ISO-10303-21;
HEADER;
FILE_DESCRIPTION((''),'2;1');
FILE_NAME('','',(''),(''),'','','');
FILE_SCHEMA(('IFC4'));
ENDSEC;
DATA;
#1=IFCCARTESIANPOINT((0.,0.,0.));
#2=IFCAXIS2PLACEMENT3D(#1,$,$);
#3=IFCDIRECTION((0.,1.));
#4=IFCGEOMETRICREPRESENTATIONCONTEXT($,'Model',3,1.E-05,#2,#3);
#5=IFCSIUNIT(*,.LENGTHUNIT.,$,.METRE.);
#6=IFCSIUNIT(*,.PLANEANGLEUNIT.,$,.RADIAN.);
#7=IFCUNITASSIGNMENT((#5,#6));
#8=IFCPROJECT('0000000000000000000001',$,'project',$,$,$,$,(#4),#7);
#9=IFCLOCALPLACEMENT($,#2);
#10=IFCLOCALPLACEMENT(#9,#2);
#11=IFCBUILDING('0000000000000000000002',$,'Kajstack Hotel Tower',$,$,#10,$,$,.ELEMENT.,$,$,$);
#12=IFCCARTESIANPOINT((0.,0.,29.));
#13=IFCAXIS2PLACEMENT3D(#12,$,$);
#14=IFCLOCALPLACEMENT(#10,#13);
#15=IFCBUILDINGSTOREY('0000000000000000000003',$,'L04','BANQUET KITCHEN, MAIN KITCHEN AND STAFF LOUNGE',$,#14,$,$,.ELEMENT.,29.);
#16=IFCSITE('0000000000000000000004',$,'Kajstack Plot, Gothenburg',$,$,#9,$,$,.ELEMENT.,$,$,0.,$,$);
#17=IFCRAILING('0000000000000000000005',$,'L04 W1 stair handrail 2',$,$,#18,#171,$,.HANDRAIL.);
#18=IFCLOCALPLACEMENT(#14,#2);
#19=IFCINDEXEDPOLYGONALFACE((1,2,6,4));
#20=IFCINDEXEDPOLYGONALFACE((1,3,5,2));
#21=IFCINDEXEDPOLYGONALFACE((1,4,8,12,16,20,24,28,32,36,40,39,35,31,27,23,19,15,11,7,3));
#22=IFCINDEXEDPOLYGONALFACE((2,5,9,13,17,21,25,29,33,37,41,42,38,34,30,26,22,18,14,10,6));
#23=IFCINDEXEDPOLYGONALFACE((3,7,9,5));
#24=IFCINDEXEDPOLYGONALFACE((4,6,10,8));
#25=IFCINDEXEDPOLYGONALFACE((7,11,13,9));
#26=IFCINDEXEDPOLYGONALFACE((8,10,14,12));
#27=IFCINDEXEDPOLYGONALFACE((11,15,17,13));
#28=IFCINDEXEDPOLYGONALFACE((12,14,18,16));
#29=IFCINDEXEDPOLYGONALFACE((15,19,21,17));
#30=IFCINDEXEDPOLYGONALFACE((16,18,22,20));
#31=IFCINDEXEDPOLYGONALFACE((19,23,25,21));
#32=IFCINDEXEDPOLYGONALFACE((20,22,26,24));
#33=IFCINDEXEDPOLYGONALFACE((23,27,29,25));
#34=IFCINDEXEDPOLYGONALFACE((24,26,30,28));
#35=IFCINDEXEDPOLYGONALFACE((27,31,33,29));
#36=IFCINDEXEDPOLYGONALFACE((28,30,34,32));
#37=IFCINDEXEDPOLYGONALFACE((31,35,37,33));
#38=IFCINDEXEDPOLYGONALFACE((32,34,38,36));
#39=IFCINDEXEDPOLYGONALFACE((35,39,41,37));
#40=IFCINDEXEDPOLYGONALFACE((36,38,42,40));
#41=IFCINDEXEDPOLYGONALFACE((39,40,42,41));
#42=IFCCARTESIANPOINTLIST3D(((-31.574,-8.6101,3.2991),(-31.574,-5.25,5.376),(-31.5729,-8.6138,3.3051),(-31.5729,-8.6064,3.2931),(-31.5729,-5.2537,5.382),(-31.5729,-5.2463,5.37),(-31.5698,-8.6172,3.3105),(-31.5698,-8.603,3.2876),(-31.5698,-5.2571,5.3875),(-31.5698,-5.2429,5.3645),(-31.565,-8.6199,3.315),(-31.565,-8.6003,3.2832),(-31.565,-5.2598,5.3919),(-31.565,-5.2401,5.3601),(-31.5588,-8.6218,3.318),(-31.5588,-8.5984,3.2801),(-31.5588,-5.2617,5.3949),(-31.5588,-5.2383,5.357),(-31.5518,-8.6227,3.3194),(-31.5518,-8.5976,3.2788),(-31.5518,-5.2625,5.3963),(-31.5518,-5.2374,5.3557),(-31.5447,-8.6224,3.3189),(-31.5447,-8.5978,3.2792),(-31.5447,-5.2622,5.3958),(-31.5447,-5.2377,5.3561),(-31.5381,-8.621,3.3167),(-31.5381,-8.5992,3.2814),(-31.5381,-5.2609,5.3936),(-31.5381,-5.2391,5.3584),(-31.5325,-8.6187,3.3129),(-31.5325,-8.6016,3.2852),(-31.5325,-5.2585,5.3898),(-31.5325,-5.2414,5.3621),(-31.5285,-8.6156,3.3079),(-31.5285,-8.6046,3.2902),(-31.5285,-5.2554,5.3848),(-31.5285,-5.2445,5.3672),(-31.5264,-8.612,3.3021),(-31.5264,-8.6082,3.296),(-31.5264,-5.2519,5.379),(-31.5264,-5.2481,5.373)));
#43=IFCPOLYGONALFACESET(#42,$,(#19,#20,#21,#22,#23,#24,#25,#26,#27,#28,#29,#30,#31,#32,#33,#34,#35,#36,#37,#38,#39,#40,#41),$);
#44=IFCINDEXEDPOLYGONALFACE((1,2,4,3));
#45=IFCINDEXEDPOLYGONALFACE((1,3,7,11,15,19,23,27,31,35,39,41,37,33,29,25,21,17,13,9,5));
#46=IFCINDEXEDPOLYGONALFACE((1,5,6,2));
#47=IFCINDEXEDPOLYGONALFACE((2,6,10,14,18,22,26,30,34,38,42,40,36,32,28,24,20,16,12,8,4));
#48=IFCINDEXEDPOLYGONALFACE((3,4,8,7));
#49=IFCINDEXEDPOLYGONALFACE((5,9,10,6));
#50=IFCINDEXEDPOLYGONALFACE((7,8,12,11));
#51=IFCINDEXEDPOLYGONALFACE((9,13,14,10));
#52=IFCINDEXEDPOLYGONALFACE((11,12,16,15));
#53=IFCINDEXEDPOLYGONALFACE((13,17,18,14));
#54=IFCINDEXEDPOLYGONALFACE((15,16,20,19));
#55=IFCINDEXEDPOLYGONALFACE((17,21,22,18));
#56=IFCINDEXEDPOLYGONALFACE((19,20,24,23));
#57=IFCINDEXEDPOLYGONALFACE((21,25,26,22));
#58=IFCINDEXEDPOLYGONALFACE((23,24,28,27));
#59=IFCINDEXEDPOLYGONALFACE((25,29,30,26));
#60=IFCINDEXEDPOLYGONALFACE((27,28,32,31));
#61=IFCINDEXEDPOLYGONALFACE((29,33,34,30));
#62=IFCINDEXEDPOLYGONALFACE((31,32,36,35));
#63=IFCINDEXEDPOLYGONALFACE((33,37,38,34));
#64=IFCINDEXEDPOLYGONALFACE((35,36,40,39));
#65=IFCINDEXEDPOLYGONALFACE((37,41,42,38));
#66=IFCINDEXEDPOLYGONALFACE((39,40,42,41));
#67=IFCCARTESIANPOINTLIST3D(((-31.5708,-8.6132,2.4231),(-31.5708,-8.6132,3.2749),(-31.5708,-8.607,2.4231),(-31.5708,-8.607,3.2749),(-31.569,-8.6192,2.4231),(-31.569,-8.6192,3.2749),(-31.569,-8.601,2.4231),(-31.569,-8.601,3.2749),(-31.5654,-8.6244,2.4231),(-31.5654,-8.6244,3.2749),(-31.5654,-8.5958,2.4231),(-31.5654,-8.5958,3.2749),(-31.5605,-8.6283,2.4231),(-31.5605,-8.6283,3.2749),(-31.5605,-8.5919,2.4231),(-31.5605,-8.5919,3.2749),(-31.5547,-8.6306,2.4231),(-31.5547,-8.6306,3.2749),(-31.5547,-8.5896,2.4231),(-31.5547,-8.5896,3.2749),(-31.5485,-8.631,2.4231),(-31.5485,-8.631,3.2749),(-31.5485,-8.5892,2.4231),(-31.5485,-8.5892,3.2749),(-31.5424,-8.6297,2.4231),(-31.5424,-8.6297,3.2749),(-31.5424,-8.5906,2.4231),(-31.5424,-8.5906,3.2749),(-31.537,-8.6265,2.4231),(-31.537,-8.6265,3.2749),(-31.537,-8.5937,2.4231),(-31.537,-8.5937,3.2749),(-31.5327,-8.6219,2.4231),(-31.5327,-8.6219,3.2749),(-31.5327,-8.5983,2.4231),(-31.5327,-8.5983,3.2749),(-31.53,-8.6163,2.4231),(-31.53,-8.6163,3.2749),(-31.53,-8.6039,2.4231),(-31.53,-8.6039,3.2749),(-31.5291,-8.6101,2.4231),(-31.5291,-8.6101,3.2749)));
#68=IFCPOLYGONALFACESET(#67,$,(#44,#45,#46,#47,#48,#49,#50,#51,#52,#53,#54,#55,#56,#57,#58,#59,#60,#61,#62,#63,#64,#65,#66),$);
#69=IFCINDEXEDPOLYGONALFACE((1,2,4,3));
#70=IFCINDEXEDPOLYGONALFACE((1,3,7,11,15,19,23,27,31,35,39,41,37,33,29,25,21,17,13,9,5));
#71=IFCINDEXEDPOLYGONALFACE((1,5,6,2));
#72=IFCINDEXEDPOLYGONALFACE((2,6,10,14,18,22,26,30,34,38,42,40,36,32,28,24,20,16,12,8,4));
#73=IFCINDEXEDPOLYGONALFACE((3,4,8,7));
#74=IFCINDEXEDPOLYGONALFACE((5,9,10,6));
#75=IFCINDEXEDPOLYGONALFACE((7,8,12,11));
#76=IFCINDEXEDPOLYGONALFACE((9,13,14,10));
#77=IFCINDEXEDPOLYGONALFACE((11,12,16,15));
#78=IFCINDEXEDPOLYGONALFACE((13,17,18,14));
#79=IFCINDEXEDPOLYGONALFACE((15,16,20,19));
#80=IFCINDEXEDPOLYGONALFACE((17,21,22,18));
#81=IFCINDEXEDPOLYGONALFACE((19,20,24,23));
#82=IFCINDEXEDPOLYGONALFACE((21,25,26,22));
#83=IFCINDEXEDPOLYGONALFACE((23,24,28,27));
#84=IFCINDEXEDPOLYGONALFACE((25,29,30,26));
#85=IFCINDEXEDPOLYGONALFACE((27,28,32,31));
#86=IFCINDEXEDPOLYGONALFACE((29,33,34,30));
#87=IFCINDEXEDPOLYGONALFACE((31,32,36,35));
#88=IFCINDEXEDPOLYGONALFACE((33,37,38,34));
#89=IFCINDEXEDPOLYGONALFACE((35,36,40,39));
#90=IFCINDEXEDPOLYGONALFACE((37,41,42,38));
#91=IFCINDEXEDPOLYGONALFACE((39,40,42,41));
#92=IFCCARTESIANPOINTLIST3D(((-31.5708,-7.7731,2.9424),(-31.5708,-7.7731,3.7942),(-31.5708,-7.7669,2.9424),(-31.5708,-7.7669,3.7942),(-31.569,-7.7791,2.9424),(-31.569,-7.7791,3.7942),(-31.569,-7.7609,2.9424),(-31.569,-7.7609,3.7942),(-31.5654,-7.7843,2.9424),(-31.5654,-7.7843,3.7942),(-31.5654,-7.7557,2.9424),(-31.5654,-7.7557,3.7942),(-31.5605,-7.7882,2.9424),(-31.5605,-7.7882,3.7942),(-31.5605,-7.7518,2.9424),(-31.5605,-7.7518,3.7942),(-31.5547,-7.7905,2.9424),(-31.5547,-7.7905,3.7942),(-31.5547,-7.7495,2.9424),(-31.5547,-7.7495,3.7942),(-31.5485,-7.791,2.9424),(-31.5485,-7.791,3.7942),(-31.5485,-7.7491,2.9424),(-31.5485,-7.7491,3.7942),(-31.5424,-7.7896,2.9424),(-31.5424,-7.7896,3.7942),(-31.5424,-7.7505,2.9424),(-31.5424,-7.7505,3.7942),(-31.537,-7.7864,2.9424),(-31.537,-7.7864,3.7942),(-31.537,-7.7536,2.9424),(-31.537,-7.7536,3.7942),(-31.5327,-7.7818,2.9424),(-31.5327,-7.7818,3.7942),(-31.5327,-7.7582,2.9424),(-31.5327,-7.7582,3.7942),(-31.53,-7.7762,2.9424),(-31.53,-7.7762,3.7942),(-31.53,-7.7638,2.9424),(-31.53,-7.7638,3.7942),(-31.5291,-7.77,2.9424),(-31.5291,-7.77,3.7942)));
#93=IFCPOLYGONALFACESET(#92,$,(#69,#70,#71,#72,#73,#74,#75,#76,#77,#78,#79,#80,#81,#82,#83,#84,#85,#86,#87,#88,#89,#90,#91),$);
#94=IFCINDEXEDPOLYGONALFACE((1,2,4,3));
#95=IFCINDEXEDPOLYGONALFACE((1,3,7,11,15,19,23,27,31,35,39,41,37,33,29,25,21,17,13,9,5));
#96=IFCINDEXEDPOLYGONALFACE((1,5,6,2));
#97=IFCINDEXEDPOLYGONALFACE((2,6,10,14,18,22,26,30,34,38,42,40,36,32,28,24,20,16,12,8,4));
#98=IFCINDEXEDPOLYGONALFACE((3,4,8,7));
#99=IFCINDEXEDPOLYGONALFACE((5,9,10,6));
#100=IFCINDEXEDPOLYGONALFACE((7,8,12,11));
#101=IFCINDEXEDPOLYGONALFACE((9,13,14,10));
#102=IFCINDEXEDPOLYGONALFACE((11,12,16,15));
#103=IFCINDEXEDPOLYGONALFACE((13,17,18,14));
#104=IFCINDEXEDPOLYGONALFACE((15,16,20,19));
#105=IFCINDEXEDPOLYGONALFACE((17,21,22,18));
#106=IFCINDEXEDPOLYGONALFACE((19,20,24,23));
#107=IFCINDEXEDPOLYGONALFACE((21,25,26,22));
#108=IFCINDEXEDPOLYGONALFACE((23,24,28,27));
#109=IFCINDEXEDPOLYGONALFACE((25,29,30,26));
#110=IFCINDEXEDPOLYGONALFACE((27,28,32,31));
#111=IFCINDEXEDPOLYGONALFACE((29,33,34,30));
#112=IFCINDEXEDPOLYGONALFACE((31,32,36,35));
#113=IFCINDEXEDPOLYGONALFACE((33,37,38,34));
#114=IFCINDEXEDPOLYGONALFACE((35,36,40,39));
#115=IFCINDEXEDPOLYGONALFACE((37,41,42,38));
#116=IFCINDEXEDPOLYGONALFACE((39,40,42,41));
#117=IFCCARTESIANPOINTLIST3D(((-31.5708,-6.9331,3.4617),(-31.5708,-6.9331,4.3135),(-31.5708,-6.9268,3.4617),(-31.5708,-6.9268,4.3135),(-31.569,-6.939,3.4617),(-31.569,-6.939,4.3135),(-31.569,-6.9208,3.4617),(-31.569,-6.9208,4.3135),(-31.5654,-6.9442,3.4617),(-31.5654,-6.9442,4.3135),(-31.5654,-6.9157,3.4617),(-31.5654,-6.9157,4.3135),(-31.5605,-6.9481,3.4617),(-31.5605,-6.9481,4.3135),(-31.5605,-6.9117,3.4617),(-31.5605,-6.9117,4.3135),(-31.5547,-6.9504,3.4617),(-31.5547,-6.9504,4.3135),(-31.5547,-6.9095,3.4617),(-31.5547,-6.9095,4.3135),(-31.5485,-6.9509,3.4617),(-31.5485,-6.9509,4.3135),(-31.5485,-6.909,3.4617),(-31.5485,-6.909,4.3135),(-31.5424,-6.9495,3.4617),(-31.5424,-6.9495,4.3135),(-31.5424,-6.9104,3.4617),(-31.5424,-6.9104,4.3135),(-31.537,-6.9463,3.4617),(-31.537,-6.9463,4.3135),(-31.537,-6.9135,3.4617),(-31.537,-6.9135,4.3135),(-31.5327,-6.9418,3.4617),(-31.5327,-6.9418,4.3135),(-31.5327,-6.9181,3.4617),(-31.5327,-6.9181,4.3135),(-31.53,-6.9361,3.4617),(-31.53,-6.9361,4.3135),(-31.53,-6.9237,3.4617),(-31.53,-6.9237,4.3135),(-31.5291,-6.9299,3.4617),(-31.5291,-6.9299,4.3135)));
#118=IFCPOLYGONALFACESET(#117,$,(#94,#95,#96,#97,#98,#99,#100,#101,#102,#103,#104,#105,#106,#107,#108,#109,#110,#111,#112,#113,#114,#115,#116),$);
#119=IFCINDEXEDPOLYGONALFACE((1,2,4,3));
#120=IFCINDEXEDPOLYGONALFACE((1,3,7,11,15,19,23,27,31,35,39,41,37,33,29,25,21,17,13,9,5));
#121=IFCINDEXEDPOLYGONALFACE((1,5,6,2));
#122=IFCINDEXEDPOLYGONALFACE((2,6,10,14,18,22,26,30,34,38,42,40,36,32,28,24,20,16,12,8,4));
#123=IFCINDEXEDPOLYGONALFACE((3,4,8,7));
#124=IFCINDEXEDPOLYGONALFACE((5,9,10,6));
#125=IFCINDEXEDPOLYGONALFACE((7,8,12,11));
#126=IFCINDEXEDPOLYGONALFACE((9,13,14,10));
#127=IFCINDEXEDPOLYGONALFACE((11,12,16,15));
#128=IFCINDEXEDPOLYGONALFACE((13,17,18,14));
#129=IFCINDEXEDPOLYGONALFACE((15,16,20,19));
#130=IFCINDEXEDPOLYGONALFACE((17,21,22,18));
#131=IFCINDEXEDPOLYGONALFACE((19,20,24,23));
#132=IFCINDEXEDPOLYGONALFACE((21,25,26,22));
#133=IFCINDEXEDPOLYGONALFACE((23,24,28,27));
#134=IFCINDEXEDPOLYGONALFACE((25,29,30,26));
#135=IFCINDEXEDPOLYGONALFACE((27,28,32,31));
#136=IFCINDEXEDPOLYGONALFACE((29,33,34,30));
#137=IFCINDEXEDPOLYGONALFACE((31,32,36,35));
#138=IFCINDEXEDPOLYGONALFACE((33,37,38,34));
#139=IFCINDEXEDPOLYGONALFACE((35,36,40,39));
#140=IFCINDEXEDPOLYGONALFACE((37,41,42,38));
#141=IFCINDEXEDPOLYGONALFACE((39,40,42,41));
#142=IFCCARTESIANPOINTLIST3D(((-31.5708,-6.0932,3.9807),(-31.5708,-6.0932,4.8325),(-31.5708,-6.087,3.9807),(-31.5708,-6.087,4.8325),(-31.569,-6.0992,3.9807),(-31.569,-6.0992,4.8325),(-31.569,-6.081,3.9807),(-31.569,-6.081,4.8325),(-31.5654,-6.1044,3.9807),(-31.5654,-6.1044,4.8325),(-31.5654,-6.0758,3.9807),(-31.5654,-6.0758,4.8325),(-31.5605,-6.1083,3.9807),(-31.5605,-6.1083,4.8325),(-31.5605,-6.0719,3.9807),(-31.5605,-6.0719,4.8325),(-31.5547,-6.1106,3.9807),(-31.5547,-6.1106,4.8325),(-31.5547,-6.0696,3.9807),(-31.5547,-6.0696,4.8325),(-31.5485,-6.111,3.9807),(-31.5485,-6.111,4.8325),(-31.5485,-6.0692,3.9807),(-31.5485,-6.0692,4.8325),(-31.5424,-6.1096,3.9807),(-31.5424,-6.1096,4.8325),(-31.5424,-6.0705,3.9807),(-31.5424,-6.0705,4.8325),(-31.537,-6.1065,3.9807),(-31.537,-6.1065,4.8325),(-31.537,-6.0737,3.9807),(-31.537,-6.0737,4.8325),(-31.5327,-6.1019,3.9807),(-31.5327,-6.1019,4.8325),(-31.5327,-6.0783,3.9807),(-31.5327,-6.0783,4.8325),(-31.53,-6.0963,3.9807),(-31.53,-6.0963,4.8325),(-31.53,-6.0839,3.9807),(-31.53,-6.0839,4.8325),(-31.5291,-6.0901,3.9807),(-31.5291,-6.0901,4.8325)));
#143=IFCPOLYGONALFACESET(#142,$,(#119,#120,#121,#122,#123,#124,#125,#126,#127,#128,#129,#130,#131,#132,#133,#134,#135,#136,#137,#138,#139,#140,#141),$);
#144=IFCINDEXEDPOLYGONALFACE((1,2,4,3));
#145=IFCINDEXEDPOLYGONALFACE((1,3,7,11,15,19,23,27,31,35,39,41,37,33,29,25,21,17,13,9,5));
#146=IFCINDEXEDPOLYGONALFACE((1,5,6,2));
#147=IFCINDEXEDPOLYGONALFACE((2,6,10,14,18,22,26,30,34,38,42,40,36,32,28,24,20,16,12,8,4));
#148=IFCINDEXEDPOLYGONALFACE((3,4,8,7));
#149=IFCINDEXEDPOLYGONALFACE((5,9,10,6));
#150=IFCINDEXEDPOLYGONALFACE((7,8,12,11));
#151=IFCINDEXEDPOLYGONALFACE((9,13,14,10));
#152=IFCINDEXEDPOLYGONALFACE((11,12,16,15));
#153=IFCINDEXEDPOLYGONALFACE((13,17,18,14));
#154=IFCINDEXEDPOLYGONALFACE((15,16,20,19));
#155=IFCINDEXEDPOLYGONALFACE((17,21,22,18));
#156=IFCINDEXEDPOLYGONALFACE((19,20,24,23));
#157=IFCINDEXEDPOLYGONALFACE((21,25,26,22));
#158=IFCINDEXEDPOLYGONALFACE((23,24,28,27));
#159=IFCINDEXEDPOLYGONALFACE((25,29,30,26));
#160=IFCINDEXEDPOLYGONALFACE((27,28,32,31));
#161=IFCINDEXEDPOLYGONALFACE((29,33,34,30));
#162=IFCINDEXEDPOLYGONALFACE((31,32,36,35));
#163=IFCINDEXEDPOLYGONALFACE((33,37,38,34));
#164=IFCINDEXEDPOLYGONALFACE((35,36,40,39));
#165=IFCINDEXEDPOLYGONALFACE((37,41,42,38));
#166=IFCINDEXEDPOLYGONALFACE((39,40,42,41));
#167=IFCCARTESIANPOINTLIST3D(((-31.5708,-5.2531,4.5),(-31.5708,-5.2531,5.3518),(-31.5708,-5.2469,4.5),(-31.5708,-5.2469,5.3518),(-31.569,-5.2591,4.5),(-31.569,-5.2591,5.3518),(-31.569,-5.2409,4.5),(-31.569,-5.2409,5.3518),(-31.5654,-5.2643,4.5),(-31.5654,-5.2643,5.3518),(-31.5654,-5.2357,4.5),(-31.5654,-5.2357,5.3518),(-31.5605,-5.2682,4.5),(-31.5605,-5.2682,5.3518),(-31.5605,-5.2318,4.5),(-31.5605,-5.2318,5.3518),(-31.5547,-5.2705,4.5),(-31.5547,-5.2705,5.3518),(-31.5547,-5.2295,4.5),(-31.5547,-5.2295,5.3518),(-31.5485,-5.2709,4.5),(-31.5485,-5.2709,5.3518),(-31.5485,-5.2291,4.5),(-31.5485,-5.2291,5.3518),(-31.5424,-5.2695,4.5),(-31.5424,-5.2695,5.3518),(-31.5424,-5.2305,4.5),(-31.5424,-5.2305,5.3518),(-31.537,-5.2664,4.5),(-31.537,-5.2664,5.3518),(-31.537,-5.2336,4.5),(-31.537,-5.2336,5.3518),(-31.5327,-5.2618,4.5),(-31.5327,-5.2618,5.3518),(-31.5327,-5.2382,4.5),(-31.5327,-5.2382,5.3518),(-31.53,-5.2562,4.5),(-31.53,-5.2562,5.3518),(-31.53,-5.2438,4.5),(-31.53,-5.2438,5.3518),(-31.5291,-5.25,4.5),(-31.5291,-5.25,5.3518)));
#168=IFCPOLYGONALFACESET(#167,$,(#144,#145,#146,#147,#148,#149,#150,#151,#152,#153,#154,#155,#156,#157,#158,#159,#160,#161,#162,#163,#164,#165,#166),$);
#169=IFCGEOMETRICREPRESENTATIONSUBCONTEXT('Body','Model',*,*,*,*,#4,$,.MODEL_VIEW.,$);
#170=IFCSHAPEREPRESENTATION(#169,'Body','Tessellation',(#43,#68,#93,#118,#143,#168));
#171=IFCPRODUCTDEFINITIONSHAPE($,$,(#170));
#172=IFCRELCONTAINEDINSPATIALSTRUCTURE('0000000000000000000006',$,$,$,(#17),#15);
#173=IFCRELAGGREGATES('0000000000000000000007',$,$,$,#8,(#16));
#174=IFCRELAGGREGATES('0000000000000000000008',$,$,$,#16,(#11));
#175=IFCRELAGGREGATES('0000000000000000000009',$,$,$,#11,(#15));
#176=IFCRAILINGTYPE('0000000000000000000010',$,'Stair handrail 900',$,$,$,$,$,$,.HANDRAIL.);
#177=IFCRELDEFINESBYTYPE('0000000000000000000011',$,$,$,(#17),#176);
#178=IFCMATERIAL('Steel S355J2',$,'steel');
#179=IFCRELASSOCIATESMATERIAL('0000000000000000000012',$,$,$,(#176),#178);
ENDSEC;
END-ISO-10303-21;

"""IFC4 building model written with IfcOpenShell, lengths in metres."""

from ifc_helpers import new_model, si_unit, direction, frame, origin, origin_2d, place, context, subcontext, project, spatial, circle, extrude, material, type_object, element, save


model = new_model("IFC4")

# Units and contexts
model_context = context("Model", 3, precision=1e-05, world=origin(), true_north=direction((0.0, 1.0)))
body_context = subcontext(model_context, "Body", "Model", "MODEL_VIEW")
ifc_project = project(units=[si_unit("LENGTHUNIT", "METRE"), si_unit("PLANEANGLEUNIT", "RADIAN")], contexts=[model_context])

# Site, building, storey
site_placement = place(None, origin())
site = spatial("IfcSite", under=ifc_project, at=site_placement, Name="Kajstack Plot, Gothenburg", CompositionType="ELEMENT", RefElevation=0.0)
building_placement = place(site_placement, origin())
building = spatial("IfcBuilding", under=site, at=building_placement, Name="Kajstack Hotel Tower", CompositionType="ELEMENT")
storey_placement = place(building_placement, frame((0.0, 0.0, 29.0)))
storey = spatial("IfcBuildingStorey", under=building, at=storey_placement, Name="L04", Description="BANQUET KITCHEN, MAIN KITCHEN AND STAFF LOUNGE", CompositionType="ELEMENT", Elevation=29.0)

# Railing
ifc_material_1 = material(Name="Steel S355J2", Category="steel")
railing_type_1 = type_object("IfcRailingType", Name="Stair handrail 900", PredefinedType="HANDRAIL", material=ifc_material_1)
railing_1_placement = place(storey_placement, frame((-31.55, -8.6101, 2.4231)))
element("IfcRailing", 1, at=railing_1_placement, inside=storey, type_object=railing_type_1, Name="L04 W1 stair handrail 2", PredefinedType="HANDRAIL", context=body_context, shape_type="SweptSolid", body=[
    extrude(circle(Radius=0.0239, at=origin_2d()), frame((0.0, 0.0, 0.876), z_axis=(0.0, 0.850623, 0.525776), x_axis=(-1.0, 0.0, 0.0)), (0.0, 0.0, 1.0), 3.9502),
    extrude(circle(Radius=0.021, at=origin_2d()), origin(), (0.0, 0.0, 1.0), 0.8518),
    extrude(circle(Radius=0.021, at=origin_2d()), frame((0.0, 0.8401, 0.5193)), (0.0, 0.0, 1.0), 0.8518),
    extrude(circle(Radius=0.021, at=origin_2d()), frame((0.0, 1.6802, 1.0386)), (0.0, 0.0, 1.0), 0.8518),
    extrude(circle(Radius=0.021, at=origin_2d()), frame((0.0, 2.52, 1.5576)), (0.0, 0.0, 1.0), 0.8518),
    extrude(circle(Radius=0.021, at=origin_2d()), frame((0.0, 3.3601, 2.0769)), (0.0, 0.0, 1.0), 0.8518),
])

save(model, "model.ifc")
